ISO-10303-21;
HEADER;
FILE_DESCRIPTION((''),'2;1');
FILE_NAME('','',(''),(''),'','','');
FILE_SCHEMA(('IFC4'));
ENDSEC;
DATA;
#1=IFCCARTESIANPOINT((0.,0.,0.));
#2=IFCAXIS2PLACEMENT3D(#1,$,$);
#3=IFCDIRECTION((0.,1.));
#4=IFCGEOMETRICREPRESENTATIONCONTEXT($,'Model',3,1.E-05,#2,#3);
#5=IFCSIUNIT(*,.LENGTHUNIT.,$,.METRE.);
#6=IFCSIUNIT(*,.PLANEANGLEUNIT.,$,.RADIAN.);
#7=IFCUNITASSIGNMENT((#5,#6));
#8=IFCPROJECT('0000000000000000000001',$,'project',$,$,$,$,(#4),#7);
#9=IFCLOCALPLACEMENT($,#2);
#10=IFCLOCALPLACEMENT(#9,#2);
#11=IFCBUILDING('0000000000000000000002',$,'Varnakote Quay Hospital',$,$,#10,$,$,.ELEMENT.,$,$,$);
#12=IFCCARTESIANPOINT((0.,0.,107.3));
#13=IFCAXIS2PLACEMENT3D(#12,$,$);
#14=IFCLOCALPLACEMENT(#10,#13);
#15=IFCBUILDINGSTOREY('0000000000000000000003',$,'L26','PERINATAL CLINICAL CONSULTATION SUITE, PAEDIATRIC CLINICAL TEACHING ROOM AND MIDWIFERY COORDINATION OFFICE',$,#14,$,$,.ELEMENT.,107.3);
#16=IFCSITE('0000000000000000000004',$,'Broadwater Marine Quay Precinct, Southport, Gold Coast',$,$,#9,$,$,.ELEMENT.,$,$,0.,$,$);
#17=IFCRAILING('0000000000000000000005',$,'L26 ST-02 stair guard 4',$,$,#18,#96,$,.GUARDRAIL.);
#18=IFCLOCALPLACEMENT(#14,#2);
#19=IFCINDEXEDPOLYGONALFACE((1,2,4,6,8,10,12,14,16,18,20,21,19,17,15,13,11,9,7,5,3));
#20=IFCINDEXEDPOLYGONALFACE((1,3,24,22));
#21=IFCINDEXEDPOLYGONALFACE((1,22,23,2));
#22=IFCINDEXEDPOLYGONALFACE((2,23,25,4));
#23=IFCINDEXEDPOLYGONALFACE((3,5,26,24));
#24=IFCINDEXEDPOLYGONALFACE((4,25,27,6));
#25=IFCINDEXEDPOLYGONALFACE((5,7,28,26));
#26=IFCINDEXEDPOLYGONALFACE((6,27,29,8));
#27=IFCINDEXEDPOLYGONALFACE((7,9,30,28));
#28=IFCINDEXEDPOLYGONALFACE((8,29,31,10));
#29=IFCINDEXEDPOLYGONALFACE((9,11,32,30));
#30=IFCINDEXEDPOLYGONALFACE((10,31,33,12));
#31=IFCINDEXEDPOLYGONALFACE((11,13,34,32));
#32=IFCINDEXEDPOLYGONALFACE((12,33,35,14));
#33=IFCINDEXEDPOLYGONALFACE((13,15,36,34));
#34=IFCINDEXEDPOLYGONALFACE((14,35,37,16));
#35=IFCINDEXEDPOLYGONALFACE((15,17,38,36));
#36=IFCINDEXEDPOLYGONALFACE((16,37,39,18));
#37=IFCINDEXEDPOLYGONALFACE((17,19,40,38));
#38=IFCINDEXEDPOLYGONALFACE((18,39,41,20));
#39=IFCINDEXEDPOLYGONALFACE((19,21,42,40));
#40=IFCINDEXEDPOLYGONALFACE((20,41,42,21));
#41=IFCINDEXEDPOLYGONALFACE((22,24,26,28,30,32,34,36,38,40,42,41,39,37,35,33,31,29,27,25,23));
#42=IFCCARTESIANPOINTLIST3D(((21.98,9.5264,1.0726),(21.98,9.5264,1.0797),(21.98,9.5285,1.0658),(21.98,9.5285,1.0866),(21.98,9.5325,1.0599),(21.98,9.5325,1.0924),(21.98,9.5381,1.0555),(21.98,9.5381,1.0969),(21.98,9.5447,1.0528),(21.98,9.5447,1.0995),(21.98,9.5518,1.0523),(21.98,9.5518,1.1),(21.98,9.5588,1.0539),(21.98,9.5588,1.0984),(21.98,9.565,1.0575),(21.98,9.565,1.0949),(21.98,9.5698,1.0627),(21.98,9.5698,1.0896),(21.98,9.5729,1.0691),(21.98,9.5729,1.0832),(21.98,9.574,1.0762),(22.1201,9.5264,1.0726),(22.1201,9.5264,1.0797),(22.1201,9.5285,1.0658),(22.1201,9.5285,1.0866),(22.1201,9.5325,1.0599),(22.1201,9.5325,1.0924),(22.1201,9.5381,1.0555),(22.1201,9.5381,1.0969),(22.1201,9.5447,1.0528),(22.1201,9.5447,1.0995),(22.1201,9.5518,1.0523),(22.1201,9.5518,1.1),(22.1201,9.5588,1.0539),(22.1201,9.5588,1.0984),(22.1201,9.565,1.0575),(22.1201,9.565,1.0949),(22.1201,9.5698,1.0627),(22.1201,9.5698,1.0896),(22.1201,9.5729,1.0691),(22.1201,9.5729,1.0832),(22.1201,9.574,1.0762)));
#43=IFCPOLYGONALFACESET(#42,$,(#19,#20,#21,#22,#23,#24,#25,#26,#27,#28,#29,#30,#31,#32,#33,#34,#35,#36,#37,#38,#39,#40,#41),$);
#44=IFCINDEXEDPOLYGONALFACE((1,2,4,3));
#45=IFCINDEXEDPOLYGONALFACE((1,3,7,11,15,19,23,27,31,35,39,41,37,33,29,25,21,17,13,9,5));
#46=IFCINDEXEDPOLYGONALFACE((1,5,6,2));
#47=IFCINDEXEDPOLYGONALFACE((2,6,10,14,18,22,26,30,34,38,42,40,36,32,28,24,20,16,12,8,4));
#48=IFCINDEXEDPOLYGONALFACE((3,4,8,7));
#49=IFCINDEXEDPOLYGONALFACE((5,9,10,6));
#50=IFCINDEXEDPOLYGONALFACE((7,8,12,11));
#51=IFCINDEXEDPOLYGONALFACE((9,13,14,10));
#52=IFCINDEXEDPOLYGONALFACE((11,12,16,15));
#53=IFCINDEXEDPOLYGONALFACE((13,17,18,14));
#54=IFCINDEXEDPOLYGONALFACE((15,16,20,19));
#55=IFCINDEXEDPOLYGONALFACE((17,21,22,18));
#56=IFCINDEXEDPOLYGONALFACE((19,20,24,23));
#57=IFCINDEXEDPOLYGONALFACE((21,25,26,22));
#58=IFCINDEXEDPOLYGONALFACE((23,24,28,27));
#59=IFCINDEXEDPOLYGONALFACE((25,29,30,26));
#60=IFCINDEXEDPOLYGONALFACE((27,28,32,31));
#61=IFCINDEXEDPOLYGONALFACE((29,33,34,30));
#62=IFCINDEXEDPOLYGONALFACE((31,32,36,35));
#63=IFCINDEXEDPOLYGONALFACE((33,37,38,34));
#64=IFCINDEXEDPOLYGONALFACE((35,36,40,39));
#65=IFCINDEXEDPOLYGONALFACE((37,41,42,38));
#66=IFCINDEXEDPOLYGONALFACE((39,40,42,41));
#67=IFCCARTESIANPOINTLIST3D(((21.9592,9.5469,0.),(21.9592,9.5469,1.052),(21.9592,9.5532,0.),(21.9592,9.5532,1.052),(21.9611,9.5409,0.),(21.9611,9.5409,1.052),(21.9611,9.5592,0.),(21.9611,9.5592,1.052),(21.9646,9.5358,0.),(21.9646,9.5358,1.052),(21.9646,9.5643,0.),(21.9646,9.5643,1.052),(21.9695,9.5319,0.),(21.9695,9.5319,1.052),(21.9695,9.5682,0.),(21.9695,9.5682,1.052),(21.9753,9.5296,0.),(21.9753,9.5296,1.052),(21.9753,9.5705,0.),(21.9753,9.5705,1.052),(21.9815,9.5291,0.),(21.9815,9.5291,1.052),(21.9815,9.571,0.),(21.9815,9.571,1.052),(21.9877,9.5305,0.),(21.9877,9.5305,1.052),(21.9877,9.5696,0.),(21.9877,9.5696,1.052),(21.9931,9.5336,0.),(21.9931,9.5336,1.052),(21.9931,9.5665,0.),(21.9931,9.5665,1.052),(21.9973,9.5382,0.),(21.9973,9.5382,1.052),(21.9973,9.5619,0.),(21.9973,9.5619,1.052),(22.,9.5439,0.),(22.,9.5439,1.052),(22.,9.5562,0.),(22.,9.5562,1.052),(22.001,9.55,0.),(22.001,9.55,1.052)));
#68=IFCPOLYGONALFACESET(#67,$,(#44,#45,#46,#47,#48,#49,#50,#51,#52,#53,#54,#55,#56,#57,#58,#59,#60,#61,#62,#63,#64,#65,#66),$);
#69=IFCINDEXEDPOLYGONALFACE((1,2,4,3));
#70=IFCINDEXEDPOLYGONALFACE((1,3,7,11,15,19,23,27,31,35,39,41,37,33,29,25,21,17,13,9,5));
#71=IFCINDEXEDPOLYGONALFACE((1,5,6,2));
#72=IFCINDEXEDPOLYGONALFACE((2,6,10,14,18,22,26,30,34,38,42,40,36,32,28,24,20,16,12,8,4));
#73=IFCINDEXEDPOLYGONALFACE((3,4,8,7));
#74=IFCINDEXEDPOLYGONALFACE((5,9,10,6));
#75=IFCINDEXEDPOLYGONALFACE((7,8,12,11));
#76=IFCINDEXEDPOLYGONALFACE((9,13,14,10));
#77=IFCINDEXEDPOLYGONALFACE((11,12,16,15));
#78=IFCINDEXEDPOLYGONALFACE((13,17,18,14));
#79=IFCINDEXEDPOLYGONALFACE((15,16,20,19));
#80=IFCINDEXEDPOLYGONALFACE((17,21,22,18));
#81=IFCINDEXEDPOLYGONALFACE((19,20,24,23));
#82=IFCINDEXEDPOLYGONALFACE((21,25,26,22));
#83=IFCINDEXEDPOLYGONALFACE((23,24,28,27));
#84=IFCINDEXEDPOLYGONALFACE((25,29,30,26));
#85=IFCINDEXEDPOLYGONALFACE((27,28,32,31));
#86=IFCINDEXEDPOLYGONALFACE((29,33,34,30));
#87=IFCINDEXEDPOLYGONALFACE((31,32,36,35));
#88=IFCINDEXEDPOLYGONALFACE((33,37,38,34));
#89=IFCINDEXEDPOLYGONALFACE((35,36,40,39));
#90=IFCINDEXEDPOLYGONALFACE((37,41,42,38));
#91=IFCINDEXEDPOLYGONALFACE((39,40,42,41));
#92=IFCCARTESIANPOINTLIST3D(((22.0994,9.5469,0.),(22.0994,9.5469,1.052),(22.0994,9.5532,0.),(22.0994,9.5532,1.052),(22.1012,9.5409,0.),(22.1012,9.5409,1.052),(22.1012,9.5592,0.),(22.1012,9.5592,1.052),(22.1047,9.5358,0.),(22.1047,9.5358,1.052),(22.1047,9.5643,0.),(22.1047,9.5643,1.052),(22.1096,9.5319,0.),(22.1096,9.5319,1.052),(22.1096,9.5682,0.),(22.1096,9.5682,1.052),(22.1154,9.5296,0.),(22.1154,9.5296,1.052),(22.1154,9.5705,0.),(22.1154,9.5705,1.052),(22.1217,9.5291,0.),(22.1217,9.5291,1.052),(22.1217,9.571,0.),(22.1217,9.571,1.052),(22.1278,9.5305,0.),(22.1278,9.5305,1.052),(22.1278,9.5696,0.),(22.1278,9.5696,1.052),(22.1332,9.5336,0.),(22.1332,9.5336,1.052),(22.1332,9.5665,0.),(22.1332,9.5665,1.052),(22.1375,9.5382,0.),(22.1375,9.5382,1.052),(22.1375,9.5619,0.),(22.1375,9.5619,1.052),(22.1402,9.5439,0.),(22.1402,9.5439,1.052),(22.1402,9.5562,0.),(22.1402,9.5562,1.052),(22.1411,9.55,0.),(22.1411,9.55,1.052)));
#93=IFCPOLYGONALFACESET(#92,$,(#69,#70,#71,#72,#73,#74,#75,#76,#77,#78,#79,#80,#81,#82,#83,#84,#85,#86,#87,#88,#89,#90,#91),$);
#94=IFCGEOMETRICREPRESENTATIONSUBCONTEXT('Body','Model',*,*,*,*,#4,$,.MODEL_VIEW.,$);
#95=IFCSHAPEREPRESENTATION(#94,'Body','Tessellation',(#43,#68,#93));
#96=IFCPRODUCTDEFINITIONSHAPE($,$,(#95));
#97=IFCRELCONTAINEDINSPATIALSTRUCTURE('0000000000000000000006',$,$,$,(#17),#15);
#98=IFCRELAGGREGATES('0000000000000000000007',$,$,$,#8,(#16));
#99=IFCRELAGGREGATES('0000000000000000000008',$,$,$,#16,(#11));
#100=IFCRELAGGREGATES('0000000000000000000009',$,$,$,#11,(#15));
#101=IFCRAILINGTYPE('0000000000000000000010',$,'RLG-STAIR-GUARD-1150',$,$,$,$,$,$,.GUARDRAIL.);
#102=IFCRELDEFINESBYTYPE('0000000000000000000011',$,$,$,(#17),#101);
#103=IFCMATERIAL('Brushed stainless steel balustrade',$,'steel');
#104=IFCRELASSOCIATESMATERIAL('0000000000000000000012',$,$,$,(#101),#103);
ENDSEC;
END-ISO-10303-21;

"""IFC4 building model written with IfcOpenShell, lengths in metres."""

from ifc_helpers import new_model, si_unit, direction, frame, origin, origin_2d, place, context, subcontext, project, spatial, circle, extrude, material, type_object, element, save


model = new_model("IFC4")

# Units and contexts
model_context = context("Model", 3, precision=1e-05, world=origin(), true_north=direction((0.0, 1.0)))
body_context = subcontext(model_context, "Body", "Model", "MODEL_VIEW")
ifc_project = project(units=[si_unit("LENGTHUNIT", "METRE"), si_unit("PLANEANGLEUNIT", "RADIAN")], contexts=[model_context])

# Site, building, storey
site_placement = place(None, origin())
site = spatial("IfcSite", under=ifc_project, at=site_placement, Name="Broadwater Marine Quay Precinct, Southport, Gold Coast", CompositionType="ELEMENT", RefElevation=0.0)
building_placement = place(site_placement, origin())
building = spatial("IfcBuilding", under=site, at=building_placement, Name="Varnakote Quay Hospital", CompositionType="ELEMENT")
storey_placement = place(building_placement, frame((0.0, 0.0, 107.3)))
storey = spatial("IfcBuildingStorey", under=building, at=storey_placement, Name="L26", Description="PERINATAL CLINICAL CONSULTATION SUITE, PAEDIATRIC CLINICAL TEACHING ROOM AND MIDWIFERY COORDINATION OFFICE", CompositionType="ELEMENT", Elevation=107.3)

# Railing
ifc_material_1 = material(Name="Brushed stainless steel balustrade", Category="steel")
railing_type_1 = type_object("IfcRailingType", Name="RLG-STAIR-GUARD-1150", PredefinedType="GUARDRAIL", material=ifc_material_1)
railing_1_placement = place(storey_placement, frame((21.98, 9.55, 0.0)))
element("IfcRailing", 1, at=railing_1_placement, inside=storey, type_object=railing_type_1, Name="L26 ST-02 stair guard 4", PredefinedType="GUARDRAIL", context=body_context, shape_type="SweptSolid", body=[
    extrude(circle(Radius=0.0239, at=origin_2d()), frame((0.0, 0.0, 1.0762), z_axis=(1.0, 0.0, 0.0), x_axis=(0.0, 1.0, 0.0)), (0.0, 0.0, 1.0), 0.1401),
    extrude(circle(Radius=0.021, at=origin_2d()), origin(), (0.0, 0.0, 1.0), 1.052),
    extrude(circle(Radius=0.021, at=origin_2d()), frame((0.1401, 0.0, 0.0)), (0.0, 0.0, 1.0), 1.052),
])

save(model, "model.ifc")
